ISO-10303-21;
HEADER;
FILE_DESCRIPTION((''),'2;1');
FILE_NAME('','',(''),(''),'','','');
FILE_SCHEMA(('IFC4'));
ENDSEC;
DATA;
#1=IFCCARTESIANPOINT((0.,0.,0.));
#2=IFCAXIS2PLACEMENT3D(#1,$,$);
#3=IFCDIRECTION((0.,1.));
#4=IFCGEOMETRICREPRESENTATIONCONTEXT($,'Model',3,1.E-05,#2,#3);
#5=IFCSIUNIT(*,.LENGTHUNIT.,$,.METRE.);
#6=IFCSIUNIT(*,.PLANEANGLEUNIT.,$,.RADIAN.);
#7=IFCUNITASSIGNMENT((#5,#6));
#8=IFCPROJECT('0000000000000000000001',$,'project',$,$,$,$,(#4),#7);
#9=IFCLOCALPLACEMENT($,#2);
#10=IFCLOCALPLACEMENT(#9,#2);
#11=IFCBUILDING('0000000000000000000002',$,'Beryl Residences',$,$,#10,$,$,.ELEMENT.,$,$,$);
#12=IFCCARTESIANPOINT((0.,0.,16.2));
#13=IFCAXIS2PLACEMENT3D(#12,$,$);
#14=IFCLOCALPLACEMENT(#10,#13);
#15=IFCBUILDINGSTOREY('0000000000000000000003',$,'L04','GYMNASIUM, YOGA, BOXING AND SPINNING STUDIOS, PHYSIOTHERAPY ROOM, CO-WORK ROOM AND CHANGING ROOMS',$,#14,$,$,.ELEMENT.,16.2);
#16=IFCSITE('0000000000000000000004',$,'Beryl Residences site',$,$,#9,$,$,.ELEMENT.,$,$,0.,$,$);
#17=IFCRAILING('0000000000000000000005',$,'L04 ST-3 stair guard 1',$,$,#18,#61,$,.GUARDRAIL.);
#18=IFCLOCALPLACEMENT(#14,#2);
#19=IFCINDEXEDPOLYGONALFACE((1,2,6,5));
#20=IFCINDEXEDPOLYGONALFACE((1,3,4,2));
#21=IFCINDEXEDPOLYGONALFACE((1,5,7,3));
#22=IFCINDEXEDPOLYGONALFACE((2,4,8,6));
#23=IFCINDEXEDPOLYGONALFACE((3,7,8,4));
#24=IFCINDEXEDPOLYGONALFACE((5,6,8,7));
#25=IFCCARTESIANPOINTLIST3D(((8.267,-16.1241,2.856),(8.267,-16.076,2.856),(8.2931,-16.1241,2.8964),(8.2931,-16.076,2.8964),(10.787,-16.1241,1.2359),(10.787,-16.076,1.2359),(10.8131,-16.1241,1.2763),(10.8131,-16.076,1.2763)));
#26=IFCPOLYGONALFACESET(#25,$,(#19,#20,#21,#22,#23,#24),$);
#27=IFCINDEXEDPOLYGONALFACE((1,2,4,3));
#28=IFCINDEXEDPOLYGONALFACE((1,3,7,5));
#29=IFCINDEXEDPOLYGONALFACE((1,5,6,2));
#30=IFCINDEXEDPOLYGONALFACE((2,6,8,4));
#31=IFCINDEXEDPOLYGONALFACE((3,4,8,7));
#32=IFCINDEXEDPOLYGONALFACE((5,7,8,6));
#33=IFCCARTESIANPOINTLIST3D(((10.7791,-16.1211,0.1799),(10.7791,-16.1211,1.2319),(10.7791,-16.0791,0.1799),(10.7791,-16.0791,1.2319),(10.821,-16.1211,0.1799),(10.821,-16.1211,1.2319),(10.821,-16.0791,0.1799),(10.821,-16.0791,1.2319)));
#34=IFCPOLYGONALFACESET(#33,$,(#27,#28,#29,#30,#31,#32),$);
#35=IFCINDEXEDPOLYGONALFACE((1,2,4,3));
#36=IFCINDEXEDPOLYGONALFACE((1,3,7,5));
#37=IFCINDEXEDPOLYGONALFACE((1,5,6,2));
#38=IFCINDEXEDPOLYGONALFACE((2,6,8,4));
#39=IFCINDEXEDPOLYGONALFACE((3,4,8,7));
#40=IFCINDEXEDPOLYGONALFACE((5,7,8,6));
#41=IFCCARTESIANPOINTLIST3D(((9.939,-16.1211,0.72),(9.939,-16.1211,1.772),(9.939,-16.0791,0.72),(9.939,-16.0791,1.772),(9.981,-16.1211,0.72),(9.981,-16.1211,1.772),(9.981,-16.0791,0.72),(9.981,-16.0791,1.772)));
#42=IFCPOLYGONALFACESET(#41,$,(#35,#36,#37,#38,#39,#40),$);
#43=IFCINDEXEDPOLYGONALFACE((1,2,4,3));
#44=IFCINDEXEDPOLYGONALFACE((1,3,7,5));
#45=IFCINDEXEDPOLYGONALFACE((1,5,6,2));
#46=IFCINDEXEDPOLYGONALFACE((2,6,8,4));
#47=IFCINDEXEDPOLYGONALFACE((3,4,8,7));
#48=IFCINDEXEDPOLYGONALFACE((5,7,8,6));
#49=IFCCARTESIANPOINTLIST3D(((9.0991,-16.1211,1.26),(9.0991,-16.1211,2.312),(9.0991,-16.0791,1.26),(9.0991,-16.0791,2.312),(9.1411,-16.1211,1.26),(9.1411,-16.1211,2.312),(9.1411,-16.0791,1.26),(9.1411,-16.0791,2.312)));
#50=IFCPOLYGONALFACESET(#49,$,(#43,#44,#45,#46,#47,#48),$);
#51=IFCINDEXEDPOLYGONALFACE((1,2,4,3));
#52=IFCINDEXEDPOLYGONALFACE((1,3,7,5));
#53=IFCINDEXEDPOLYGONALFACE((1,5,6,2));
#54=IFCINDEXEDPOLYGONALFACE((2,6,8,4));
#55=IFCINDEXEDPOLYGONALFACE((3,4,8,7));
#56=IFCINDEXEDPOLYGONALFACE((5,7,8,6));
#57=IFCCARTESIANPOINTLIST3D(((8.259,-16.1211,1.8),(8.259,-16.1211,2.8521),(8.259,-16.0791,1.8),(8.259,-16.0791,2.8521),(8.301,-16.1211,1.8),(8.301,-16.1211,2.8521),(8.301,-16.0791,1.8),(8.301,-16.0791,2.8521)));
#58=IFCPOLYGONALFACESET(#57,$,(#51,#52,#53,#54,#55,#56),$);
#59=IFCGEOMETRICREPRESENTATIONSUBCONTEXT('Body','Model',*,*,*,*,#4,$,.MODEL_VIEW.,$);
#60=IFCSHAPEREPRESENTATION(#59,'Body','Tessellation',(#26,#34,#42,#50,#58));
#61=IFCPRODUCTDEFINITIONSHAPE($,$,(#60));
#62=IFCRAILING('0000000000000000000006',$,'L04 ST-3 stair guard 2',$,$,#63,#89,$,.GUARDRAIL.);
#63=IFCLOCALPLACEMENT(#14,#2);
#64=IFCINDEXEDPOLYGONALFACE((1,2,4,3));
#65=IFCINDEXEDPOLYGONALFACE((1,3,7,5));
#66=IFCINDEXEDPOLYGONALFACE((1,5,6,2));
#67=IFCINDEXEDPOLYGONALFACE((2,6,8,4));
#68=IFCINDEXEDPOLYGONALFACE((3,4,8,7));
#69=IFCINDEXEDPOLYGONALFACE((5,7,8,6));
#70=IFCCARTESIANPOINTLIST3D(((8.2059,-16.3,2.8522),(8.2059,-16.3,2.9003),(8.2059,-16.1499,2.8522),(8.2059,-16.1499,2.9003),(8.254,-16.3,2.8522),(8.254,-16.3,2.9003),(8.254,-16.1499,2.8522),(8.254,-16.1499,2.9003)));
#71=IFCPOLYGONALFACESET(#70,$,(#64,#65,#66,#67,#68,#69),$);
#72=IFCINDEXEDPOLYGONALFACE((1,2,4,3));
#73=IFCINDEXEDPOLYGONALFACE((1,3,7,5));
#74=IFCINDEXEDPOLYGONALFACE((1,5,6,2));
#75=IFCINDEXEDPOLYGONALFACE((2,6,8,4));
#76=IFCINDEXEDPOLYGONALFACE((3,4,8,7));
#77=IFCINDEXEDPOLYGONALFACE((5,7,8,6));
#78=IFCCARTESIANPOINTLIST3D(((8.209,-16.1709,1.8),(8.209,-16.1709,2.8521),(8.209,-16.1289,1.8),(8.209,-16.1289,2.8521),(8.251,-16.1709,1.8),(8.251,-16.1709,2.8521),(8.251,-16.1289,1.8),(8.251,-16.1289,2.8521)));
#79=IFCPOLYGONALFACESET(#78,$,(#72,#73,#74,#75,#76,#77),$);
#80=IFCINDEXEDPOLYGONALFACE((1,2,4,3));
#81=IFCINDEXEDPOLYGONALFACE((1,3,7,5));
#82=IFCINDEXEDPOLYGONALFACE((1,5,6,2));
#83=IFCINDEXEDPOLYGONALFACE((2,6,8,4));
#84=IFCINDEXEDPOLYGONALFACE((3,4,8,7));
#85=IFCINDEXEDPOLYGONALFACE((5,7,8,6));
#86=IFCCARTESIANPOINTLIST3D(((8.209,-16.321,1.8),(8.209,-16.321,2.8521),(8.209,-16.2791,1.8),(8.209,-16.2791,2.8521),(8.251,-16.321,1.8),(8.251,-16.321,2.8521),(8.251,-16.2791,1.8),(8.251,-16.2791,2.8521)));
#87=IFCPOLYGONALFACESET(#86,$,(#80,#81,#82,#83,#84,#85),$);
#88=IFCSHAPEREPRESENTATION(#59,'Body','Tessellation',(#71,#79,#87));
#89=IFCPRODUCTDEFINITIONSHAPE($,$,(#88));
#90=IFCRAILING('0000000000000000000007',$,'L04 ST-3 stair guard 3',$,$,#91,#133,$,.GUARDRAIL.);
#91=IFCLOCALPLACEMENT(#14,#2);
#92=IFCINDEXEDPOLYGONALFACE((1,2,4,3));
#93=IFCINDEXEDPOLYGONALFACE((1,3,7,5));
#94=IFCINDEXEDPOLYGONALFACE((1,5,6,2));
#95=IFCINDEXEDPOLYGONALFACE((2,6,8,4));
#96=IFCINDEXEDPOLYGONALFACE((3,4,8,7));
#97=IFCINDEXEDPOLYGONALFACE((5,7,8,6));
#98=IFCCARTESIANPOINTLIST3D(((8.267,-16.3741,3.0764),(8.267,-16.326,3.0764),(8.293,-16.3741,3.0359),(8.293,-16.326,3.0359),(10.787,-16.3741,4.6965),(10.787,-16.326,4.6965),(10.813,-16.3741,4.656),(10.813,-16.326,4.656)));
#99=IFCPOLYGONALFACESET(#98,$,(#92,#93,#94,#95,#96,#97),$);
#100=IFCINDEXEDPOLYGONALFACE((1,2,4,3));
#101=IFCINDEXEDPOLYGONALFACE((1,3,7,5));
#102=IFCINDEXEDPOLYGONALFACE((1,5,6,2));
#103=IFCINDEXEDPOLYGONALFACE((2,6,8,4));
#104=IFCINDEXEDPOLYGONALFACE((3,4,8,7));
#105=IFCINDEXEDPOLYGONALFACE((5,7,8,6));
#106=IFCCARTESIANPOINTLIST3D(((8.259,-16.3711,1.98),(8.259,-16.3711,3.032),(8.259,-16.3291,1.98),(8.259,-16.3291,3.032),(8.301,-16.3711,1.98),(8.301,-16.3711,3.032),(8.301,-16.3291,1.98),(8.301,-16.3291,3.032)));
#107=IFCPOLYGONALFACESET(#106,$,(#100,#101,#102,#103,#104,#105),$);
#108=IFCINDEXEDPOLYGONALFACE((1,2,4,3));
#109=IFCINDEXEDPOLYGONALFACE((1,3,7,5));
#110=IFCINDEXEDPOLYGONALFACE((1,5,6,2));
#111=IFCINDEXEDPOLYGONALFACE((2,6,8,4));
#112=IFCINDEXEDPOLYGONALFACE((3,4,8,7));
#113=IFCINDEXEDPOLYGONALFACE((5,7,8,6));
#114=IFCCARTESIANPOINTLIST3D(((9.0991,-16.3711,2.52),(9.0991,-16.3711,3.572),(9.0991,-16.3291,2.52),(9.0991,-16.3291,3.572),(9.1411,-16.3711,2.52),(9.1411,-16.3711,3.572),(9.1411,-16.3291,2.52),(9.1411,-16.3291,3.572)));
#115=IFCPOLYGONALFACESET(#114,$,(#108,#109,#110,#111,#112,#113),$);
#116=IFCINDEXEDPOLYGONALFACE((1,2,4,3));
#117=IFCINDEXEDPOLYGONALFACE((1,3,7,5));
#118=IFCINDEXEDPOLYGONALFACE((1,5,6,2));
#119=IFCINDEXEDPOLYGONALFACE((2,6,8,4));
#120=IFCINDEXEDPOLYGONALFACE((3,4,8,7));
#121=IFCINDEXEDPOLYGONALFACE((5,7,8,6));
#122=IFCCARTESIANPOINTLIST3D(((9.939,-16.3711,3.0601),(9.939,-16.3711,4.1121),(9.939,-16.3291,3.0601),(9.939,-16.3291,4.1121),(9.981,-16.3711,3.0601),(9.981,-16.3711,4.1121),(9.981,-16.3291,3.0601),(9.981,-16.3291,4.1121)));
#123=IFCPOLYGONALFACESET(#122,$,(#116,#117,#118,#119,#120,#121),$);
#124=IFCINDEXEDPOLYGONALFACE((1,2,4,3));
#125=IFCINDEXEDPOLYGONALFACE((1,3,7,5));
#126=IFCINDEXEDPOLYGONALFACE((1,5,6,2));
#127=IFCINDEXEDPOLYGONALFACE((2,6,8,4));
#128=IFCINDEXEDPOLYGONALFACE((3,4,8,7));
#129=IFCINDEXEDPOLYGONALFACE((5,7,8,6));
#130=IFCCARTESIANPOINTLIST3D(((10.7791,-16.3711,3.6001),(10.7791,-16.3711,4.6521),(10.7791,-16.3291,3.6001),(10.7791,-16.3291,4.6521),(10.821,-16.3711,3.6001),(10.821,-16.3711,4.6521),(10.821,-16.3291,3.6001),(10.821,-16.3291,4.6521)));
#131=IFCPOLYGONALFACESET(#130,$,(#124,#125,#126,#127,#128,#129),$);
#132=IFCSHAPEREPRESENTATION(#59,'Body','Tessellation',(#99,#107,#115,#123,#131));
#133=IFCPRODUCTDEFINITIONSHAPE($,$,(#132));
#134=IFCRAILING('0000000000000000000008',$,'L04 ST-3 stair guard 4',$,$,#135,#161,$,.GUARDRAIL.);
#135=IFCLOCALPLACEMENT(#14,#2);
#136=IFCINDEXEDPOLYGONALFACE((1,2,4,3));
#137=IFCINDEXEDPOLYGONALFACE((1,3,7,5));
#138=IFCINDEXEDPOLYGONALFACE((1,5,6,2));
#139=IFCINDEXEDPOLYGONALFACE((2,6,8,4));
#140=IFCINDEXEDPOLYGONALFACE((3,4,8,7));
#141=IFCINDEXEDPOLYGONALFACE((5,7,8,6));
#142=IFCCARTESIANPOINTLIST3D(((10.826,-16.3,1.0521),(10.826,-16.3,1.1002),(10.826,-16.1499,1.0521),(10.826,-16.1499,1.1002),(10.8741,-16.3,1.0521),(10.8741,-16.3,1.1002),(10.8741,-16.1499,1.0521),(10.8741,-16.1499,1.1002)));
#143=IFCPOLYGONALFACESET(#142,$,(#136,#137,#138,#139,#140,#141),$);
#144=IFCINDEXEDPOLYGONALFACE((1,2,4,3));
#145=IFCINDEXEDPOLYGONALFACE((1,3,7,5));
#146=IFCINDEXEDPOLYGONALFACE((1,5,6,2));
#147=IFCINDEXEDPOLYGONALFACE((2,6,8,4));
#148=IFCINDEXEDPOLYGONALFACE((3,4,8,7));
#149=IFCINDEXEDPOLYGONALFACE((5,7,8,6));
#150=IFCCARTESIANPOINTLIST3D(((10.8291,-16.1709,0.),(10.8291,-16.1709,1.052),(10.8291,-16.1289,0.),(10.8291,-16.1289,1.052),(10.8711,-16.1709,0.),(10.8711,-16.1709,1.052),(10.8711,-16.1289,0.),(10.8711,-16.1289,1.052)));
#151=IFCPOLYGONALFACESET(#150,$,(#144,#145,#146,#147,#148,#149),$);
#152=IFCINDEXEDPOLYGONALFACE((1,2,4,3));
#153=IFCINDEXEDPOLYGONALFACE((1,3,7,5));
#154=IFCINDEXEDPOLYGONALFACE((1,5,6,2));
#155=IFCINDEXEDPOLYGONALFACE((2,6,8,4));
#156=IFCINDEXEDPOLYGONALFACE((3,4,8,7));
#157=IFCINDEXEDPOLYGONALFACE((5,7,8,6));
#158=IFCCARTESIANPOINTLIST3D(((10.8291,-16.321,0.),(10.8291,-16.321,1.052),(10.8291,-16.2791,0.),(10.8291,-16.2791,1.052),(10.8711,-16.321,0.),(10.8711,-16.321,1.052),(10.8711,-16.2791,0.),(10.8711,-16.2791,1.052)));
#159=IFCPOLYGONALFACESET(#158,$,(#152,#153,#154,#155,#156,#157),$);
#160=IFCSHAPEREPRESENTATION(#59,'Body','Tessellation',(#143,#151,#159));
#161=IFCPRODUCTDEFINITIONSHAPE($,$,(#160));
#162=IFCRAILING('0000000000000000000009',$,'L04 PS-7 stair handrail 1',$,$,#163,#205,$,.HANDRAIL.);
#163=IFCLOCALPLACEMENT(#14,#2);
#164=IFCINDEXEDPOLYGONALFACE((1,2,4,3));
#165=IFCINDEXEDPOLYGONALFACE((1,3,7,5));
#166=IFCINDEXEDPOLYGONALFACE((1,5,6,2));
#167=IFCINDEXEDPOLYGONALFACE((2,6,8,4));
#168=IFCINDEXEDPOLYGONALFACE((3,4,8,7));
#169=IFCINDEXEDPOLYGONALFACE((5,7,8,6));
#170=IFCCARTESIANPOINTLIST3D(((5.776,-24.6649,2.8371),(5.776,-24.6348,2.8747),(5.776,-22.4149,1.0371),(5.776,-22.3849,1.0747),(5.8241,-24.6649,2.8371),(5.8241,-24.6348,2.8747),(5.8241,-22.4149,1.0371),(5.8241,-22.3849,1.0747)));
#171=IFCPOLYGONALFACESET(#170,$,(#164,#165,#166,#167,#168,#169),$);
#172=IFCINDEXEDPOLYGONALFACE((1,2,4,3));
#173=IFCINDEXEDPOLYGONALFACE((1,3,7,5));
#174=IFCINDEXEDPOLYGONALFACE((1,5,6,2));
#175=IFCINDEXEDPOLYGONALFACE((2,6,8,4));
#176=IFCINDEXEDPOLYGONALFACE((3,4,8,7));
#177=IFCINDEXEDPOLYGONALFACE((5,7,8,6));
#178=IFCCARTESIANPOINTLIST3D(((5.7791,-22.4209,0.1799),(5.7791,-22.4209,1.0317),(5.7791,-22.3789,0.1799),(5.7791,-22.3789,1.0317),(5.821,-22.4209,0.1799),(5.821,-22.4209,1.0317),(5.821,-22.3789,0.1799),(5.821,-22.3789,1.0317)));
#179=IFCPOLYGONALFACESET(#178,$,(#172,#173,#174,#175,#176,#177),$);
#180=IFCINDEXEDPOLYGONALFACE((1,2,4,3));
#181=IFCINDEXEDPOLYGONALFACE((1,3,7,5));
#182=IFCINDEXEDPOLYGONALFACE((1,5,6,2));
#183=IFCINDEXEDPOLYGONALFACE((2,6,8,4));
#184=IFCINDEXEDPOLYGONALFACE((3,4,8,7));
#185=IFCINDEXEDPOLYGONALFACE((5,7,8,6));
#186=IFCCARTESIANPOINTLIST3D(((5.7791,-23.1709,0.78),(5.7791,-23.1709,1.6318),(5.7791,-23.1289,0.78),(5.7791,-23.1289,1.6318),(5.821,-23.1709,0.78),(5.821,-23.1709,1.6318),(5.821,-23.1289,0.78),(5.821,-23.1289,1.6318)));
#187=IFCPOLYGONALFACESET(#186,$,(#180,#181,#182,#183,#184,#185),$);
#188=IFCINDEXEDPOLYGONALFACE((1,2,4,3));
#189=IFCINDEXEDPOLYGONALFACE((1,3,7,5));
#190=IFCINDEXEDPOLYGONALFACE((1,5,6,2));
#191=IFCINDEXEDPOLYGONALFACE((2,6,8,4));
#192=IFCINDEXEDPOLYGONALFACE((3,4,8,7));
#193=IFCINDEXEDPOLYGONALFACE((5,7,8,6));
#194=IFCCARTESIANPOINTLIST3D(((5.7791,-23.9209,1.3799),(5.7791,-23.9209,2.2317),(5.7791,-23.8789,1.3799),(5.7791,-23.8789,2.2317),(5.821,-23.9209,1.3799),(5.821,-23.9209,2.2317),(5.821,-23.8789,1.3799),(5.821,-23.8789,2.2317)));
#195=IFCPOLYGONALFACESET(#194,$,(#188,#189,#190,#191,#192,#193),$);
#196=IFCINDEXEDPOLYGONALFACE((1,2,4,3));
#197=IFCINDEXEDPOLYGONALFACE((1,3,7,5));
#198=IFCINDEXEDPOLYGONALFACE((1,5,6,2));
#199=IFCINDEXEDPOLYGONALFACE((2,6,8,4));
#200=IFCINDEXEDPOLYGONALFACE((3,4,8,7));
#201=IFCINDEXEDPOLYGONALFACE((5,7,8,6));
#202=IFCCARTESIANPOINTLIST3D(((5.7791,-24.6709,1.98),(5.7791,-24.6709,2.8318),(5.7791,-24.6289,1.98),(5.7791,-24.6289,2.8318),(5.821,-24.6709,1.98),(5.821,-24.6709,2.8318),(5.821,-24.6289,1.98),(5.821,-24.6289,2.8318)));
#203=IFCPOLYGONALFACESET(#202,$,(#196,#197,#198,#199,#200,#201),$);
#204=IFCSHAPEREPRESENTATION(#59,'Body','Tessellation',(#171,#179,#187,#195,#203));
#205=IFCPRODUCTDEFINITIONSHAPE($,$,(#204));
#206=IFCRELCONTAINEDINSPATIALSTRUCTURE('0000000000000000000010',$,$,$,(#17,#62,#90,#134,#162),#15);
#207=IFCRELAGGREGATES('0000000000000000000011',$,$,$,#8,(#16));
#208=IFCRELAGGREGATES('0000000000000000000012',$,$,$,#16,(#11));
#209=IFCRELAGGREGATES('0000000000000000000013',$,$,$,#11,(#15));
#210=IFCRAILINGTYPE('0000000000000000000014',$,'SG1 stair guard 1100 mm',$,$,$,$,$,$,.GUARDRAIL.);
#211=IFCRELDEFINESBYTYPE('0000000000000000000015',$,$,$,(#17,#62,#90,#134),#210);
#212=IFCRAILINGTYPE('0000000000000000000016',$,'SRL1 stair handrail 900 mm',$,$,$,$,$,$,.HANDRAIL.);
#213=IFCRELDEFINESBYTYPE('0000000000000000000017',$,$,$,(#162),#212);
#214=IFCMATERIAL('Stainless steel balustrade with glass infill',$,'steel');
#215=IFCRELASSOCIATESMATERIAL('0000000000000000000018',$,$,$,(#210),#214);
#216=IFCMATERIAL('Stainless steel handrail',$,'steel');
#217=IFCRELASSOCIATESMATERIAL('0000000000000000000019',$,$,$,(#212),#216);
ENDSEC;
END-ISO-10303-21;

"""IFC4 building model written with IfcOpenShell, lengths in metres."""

from ifc_helpers import new_model, si_unit, direction, frame, origin, origin_2d, place, context, subcontext, project, spatial, rectangle, extrude, material, type_object, element, save


model = new_model("IFC4")

# Units and contexts
model_context = context("Model", 3, precision=1e-05, world=origin(), true_north=direction((0.0, 1.0)))
body_context = subcontext(model_context, "Body", "Model", "MODEL_VIEW")
ifc_project = project(units=[si_unit("LENGTHUNIT", "METRE"), si_unit("PLANEANGLEUNIT", "RADIAN")], contexts=[model_context])

# Site, building, storey
site_placement = place(None, origin())
site = spatial("IfcSite", under=ifc_project, at=site_placement, Name="Beryl Residences site", CompositionType="ELEMENT", RefElevation=0.0)
building_placement = place(site_placement, origin())
building = spatial("IfcBuilding", under=site, at=building_placement, Name="Beryl Residences", CompositionType="ELEMENT")
storey_placement = place(building_placement, frame((0.0, 0.0, 16.2)))
storey = spatial("IfcBuildingStorey", under=building, at=storey_placement, Name="L04", Description="GYMNASIUM, YOGA, BOXING AND SPINNING STUDIOS, PHYSIOTHERAPY ROOM, CO-WORK ROOM AND CHANGING ROOMS", CompositionType="ELEMENT", Elevation=16.2)

# Railings
ifc_material_1 = material(Name="Stainless steel balustrade with glass infill", Category="steel")
railing_type_1 = type_object("IfcRailingType", Name="SG1 stair guard 1100 mm", PredefinedType="GUARDRAIL", material=ifc_material_1)
railing_1_placement = place(storey_placement, frame((10.8, -16.1001, 0.1799)))
element("IfcRailing", 1, at=railing_1_placement, inside=storey, type_object=railing_type_1, Name="L04 ST-3 stair guard 1", PredefinedType="GUARDRAIL", context=body_context, shape_type="SweptSolid", body=[
    extrude(rectangle(XDim=0.0481, YDim=0.0481, at=origin_2d()), frame((0.0, 0.0, 1.0762), z_axis=(-0.841163, 0.0, 0.540782), x_axis=(0.0, -1.0, 0.0)), (0.0, 0.0, 1.0), 2.9958),
    extrude(rectangle(XDim=0.042, YDim=0.042, at=origin_2d()), origin(), (0.0, 0.0, 1.0), 1.052),
    extrude(rectangle(XDim=0.042, YDim=0.042, at=origin_2d()), frame((-0.8401, 0.0, 0.54)), (0.0, 0.0, 1.0), 1.052),
    extrude(rectangle(XDim=0.042, YDim=0.042, at=origin_2d()), frame((-1.6799, 0.0, 1.0801)), (0.0, 0.0, 1.0), 1.052),
    extrude(rectangle(XDim=0.042, YDim=0.042, at=origin_2d()), frame((-2.52, 0.0, 1.6201)), (0.0, 0.0, 1.0), 1.052),
])
railing_2_placement = place(storey_placement, frame((8.23, -16.1499, 1.8)))
element("IfcRailing", 2, at=railing_2_placement, inside=storey, type_object=railing_type_1, Name="L04 ST-3 stair guard 2", PredefinedType="GUARDRAIL", context=body_context, shape_type="SweptSolid", body=[
    extrude(rectangle(XDim=0.0481, YDim=0.0481, at=origin_2d()), frame((0.0, 0.0, 1.0762), z_axis=(0.0, -1.0, 0.0), x_axis=(1.0, 0.0, 0.0)), (0.0, 0.0, 1.0), 0.1501),
    extrude(rectangle(XDim=0.042, YDim=0.042, at=origin_2d()), origin(), (0.0, 0.0, 1.0), 1.052),
    extrude(rectangle(XDim=0.042, YDim=0.042, at=origin_2d()), frame((0.0, -0.1501, 0.0)), (0.0, 0.0, 1.0), 1.052),
])
railing_3_placement = place(storey_placement, frame((8.28, -16.3501, 1.98)))
element("IfcRailing", 3, at=railing_3_placement, inside=storey, type_object=railing_type_1, Name="L04 ST-3 stair guard 3", PredefinedType="GUARDRAIL", context=body_context, shape_type="SweptSolid", body=[
    extrude(rectangle(XDim=0.0481, YDim=0.0481, at=origin_2d()), frame((0.0, 0.0, 1.0762), z_axis=(0.841163, 0.0, 0.540782), x_axis=(0.0, 1.0, 0.0)), (0.0, 0.0, 1.0), 2.9958),
    extrude(rectangle(XDim=0.042, YDim=0.042, at=origin_2d()), origin(), (0.0, 0.0, 1.0), 1.052),
    extrude(rectangle(XDim=0.042, YDim=0.042, at=origin_2d()), frame((0.8401, 0.0, 0.54)), (0.0, 0.0, 1.0), 1.052),
    extrude(rectangle(XDim=0.042, YDim=0.042, at=origin_2d()), frame((1.6799, 0.0, 1.0801)), (0.0, 0.0, 1.0), 1.052),
    extrude(rectangle(XDim=0.042, YDim=0.042, at=origin_2d()), frame((2.52, 0.0, 1.6201)), (0.0, 0.0, 1.0), 1.052),
])
railing_4_placement = place(storey_placement, frame((10.8501, -16.1499, 0.0)))
element("IfcRailing", 4, at=railing_4_placement, inside=storey, type_object=railing_type_1, Name="L04 ST-3 stair guard 4", PredefinedType="GUARDRAIL", context=body_context, shape_type="SweptSolid", body=[
    extrude(rectangle(XDim=0.0481, YDim=0.0481, at=origin_2d()), frame((0.0, 0.0, 1.0762), z_axis=(0.0, -1.0, 0.0), x_axis=(1.0, 0.0, 0.0)), (0.0, 0.0, 1.0), 0.1501),
    extrude(rectangle(XDim=0.042, YDim=0.042, at=origin_2d()), origin(), (0.0, 0.0, 1.0), 1.052),
    extrude(rectangle(XDim=0.042, YDim=0.042, at=origin_2d()), frame((0.0, -0.1501, 0.0)), (0.0, 0.0, 1.0), 1.052),
])
ifc_material_2 = material(Name="Stainless steel handrail", Category="steel")
railing_type_2 = type_object("IfcRailingType", Name="SRL1 stair handrail 900 mm", PredefinedType="HANDRAIL", material=ifc_material_2)
railing_5_placement = place(storey_placement, frame((5.8, -22.3999, 0.1799)))
element("IfcRailing", 5, at=railing_5_placement, inside=storey, type_object=railing_type_2, Name="L04 PS-7 stair handrail 1", PredefinedType="HANDRAIL", context=body_context, shape_type="SweptSolid", body=[
    extrude(rectangle(XDim=0.0481, YDim=0.0481, at=origin_2d()), frame((0.0, 0.0, 0.876), z_axis=(0.0, -0.780861, 0.624705), x_axis=(1.0, 0.0, 0.0)), (0.0, 0.0, 1.0), 2.8813),
    extrude(rectangle(XDim=0.042, YDim=0.042, at=origin_2d()), origin(), (0.0, 0.0, 1.0), 0.8518),
    extrude(rectangle(XDim=0.042, YDim=0.042, at=origin_2d()), frame((0.0, -0.75, 0.6001)), (0.0, 0.0, 1.0), 0.8518),
    extrude(rectangle(XDim=0.042, YDim=0.042, at=origin_2d()), frame((0.0, -1.5, 1.2)), (0.0, 0.0, 1.0), 0.8518),
    extrude(rectangle(XDim=0.042, YDim=0.042, at=origin_2d()), frame((0.0, -2.25, 1.8)), (0.0, 0.0, 1.0), 0.8518),
])

save(model, "model.ifc")
